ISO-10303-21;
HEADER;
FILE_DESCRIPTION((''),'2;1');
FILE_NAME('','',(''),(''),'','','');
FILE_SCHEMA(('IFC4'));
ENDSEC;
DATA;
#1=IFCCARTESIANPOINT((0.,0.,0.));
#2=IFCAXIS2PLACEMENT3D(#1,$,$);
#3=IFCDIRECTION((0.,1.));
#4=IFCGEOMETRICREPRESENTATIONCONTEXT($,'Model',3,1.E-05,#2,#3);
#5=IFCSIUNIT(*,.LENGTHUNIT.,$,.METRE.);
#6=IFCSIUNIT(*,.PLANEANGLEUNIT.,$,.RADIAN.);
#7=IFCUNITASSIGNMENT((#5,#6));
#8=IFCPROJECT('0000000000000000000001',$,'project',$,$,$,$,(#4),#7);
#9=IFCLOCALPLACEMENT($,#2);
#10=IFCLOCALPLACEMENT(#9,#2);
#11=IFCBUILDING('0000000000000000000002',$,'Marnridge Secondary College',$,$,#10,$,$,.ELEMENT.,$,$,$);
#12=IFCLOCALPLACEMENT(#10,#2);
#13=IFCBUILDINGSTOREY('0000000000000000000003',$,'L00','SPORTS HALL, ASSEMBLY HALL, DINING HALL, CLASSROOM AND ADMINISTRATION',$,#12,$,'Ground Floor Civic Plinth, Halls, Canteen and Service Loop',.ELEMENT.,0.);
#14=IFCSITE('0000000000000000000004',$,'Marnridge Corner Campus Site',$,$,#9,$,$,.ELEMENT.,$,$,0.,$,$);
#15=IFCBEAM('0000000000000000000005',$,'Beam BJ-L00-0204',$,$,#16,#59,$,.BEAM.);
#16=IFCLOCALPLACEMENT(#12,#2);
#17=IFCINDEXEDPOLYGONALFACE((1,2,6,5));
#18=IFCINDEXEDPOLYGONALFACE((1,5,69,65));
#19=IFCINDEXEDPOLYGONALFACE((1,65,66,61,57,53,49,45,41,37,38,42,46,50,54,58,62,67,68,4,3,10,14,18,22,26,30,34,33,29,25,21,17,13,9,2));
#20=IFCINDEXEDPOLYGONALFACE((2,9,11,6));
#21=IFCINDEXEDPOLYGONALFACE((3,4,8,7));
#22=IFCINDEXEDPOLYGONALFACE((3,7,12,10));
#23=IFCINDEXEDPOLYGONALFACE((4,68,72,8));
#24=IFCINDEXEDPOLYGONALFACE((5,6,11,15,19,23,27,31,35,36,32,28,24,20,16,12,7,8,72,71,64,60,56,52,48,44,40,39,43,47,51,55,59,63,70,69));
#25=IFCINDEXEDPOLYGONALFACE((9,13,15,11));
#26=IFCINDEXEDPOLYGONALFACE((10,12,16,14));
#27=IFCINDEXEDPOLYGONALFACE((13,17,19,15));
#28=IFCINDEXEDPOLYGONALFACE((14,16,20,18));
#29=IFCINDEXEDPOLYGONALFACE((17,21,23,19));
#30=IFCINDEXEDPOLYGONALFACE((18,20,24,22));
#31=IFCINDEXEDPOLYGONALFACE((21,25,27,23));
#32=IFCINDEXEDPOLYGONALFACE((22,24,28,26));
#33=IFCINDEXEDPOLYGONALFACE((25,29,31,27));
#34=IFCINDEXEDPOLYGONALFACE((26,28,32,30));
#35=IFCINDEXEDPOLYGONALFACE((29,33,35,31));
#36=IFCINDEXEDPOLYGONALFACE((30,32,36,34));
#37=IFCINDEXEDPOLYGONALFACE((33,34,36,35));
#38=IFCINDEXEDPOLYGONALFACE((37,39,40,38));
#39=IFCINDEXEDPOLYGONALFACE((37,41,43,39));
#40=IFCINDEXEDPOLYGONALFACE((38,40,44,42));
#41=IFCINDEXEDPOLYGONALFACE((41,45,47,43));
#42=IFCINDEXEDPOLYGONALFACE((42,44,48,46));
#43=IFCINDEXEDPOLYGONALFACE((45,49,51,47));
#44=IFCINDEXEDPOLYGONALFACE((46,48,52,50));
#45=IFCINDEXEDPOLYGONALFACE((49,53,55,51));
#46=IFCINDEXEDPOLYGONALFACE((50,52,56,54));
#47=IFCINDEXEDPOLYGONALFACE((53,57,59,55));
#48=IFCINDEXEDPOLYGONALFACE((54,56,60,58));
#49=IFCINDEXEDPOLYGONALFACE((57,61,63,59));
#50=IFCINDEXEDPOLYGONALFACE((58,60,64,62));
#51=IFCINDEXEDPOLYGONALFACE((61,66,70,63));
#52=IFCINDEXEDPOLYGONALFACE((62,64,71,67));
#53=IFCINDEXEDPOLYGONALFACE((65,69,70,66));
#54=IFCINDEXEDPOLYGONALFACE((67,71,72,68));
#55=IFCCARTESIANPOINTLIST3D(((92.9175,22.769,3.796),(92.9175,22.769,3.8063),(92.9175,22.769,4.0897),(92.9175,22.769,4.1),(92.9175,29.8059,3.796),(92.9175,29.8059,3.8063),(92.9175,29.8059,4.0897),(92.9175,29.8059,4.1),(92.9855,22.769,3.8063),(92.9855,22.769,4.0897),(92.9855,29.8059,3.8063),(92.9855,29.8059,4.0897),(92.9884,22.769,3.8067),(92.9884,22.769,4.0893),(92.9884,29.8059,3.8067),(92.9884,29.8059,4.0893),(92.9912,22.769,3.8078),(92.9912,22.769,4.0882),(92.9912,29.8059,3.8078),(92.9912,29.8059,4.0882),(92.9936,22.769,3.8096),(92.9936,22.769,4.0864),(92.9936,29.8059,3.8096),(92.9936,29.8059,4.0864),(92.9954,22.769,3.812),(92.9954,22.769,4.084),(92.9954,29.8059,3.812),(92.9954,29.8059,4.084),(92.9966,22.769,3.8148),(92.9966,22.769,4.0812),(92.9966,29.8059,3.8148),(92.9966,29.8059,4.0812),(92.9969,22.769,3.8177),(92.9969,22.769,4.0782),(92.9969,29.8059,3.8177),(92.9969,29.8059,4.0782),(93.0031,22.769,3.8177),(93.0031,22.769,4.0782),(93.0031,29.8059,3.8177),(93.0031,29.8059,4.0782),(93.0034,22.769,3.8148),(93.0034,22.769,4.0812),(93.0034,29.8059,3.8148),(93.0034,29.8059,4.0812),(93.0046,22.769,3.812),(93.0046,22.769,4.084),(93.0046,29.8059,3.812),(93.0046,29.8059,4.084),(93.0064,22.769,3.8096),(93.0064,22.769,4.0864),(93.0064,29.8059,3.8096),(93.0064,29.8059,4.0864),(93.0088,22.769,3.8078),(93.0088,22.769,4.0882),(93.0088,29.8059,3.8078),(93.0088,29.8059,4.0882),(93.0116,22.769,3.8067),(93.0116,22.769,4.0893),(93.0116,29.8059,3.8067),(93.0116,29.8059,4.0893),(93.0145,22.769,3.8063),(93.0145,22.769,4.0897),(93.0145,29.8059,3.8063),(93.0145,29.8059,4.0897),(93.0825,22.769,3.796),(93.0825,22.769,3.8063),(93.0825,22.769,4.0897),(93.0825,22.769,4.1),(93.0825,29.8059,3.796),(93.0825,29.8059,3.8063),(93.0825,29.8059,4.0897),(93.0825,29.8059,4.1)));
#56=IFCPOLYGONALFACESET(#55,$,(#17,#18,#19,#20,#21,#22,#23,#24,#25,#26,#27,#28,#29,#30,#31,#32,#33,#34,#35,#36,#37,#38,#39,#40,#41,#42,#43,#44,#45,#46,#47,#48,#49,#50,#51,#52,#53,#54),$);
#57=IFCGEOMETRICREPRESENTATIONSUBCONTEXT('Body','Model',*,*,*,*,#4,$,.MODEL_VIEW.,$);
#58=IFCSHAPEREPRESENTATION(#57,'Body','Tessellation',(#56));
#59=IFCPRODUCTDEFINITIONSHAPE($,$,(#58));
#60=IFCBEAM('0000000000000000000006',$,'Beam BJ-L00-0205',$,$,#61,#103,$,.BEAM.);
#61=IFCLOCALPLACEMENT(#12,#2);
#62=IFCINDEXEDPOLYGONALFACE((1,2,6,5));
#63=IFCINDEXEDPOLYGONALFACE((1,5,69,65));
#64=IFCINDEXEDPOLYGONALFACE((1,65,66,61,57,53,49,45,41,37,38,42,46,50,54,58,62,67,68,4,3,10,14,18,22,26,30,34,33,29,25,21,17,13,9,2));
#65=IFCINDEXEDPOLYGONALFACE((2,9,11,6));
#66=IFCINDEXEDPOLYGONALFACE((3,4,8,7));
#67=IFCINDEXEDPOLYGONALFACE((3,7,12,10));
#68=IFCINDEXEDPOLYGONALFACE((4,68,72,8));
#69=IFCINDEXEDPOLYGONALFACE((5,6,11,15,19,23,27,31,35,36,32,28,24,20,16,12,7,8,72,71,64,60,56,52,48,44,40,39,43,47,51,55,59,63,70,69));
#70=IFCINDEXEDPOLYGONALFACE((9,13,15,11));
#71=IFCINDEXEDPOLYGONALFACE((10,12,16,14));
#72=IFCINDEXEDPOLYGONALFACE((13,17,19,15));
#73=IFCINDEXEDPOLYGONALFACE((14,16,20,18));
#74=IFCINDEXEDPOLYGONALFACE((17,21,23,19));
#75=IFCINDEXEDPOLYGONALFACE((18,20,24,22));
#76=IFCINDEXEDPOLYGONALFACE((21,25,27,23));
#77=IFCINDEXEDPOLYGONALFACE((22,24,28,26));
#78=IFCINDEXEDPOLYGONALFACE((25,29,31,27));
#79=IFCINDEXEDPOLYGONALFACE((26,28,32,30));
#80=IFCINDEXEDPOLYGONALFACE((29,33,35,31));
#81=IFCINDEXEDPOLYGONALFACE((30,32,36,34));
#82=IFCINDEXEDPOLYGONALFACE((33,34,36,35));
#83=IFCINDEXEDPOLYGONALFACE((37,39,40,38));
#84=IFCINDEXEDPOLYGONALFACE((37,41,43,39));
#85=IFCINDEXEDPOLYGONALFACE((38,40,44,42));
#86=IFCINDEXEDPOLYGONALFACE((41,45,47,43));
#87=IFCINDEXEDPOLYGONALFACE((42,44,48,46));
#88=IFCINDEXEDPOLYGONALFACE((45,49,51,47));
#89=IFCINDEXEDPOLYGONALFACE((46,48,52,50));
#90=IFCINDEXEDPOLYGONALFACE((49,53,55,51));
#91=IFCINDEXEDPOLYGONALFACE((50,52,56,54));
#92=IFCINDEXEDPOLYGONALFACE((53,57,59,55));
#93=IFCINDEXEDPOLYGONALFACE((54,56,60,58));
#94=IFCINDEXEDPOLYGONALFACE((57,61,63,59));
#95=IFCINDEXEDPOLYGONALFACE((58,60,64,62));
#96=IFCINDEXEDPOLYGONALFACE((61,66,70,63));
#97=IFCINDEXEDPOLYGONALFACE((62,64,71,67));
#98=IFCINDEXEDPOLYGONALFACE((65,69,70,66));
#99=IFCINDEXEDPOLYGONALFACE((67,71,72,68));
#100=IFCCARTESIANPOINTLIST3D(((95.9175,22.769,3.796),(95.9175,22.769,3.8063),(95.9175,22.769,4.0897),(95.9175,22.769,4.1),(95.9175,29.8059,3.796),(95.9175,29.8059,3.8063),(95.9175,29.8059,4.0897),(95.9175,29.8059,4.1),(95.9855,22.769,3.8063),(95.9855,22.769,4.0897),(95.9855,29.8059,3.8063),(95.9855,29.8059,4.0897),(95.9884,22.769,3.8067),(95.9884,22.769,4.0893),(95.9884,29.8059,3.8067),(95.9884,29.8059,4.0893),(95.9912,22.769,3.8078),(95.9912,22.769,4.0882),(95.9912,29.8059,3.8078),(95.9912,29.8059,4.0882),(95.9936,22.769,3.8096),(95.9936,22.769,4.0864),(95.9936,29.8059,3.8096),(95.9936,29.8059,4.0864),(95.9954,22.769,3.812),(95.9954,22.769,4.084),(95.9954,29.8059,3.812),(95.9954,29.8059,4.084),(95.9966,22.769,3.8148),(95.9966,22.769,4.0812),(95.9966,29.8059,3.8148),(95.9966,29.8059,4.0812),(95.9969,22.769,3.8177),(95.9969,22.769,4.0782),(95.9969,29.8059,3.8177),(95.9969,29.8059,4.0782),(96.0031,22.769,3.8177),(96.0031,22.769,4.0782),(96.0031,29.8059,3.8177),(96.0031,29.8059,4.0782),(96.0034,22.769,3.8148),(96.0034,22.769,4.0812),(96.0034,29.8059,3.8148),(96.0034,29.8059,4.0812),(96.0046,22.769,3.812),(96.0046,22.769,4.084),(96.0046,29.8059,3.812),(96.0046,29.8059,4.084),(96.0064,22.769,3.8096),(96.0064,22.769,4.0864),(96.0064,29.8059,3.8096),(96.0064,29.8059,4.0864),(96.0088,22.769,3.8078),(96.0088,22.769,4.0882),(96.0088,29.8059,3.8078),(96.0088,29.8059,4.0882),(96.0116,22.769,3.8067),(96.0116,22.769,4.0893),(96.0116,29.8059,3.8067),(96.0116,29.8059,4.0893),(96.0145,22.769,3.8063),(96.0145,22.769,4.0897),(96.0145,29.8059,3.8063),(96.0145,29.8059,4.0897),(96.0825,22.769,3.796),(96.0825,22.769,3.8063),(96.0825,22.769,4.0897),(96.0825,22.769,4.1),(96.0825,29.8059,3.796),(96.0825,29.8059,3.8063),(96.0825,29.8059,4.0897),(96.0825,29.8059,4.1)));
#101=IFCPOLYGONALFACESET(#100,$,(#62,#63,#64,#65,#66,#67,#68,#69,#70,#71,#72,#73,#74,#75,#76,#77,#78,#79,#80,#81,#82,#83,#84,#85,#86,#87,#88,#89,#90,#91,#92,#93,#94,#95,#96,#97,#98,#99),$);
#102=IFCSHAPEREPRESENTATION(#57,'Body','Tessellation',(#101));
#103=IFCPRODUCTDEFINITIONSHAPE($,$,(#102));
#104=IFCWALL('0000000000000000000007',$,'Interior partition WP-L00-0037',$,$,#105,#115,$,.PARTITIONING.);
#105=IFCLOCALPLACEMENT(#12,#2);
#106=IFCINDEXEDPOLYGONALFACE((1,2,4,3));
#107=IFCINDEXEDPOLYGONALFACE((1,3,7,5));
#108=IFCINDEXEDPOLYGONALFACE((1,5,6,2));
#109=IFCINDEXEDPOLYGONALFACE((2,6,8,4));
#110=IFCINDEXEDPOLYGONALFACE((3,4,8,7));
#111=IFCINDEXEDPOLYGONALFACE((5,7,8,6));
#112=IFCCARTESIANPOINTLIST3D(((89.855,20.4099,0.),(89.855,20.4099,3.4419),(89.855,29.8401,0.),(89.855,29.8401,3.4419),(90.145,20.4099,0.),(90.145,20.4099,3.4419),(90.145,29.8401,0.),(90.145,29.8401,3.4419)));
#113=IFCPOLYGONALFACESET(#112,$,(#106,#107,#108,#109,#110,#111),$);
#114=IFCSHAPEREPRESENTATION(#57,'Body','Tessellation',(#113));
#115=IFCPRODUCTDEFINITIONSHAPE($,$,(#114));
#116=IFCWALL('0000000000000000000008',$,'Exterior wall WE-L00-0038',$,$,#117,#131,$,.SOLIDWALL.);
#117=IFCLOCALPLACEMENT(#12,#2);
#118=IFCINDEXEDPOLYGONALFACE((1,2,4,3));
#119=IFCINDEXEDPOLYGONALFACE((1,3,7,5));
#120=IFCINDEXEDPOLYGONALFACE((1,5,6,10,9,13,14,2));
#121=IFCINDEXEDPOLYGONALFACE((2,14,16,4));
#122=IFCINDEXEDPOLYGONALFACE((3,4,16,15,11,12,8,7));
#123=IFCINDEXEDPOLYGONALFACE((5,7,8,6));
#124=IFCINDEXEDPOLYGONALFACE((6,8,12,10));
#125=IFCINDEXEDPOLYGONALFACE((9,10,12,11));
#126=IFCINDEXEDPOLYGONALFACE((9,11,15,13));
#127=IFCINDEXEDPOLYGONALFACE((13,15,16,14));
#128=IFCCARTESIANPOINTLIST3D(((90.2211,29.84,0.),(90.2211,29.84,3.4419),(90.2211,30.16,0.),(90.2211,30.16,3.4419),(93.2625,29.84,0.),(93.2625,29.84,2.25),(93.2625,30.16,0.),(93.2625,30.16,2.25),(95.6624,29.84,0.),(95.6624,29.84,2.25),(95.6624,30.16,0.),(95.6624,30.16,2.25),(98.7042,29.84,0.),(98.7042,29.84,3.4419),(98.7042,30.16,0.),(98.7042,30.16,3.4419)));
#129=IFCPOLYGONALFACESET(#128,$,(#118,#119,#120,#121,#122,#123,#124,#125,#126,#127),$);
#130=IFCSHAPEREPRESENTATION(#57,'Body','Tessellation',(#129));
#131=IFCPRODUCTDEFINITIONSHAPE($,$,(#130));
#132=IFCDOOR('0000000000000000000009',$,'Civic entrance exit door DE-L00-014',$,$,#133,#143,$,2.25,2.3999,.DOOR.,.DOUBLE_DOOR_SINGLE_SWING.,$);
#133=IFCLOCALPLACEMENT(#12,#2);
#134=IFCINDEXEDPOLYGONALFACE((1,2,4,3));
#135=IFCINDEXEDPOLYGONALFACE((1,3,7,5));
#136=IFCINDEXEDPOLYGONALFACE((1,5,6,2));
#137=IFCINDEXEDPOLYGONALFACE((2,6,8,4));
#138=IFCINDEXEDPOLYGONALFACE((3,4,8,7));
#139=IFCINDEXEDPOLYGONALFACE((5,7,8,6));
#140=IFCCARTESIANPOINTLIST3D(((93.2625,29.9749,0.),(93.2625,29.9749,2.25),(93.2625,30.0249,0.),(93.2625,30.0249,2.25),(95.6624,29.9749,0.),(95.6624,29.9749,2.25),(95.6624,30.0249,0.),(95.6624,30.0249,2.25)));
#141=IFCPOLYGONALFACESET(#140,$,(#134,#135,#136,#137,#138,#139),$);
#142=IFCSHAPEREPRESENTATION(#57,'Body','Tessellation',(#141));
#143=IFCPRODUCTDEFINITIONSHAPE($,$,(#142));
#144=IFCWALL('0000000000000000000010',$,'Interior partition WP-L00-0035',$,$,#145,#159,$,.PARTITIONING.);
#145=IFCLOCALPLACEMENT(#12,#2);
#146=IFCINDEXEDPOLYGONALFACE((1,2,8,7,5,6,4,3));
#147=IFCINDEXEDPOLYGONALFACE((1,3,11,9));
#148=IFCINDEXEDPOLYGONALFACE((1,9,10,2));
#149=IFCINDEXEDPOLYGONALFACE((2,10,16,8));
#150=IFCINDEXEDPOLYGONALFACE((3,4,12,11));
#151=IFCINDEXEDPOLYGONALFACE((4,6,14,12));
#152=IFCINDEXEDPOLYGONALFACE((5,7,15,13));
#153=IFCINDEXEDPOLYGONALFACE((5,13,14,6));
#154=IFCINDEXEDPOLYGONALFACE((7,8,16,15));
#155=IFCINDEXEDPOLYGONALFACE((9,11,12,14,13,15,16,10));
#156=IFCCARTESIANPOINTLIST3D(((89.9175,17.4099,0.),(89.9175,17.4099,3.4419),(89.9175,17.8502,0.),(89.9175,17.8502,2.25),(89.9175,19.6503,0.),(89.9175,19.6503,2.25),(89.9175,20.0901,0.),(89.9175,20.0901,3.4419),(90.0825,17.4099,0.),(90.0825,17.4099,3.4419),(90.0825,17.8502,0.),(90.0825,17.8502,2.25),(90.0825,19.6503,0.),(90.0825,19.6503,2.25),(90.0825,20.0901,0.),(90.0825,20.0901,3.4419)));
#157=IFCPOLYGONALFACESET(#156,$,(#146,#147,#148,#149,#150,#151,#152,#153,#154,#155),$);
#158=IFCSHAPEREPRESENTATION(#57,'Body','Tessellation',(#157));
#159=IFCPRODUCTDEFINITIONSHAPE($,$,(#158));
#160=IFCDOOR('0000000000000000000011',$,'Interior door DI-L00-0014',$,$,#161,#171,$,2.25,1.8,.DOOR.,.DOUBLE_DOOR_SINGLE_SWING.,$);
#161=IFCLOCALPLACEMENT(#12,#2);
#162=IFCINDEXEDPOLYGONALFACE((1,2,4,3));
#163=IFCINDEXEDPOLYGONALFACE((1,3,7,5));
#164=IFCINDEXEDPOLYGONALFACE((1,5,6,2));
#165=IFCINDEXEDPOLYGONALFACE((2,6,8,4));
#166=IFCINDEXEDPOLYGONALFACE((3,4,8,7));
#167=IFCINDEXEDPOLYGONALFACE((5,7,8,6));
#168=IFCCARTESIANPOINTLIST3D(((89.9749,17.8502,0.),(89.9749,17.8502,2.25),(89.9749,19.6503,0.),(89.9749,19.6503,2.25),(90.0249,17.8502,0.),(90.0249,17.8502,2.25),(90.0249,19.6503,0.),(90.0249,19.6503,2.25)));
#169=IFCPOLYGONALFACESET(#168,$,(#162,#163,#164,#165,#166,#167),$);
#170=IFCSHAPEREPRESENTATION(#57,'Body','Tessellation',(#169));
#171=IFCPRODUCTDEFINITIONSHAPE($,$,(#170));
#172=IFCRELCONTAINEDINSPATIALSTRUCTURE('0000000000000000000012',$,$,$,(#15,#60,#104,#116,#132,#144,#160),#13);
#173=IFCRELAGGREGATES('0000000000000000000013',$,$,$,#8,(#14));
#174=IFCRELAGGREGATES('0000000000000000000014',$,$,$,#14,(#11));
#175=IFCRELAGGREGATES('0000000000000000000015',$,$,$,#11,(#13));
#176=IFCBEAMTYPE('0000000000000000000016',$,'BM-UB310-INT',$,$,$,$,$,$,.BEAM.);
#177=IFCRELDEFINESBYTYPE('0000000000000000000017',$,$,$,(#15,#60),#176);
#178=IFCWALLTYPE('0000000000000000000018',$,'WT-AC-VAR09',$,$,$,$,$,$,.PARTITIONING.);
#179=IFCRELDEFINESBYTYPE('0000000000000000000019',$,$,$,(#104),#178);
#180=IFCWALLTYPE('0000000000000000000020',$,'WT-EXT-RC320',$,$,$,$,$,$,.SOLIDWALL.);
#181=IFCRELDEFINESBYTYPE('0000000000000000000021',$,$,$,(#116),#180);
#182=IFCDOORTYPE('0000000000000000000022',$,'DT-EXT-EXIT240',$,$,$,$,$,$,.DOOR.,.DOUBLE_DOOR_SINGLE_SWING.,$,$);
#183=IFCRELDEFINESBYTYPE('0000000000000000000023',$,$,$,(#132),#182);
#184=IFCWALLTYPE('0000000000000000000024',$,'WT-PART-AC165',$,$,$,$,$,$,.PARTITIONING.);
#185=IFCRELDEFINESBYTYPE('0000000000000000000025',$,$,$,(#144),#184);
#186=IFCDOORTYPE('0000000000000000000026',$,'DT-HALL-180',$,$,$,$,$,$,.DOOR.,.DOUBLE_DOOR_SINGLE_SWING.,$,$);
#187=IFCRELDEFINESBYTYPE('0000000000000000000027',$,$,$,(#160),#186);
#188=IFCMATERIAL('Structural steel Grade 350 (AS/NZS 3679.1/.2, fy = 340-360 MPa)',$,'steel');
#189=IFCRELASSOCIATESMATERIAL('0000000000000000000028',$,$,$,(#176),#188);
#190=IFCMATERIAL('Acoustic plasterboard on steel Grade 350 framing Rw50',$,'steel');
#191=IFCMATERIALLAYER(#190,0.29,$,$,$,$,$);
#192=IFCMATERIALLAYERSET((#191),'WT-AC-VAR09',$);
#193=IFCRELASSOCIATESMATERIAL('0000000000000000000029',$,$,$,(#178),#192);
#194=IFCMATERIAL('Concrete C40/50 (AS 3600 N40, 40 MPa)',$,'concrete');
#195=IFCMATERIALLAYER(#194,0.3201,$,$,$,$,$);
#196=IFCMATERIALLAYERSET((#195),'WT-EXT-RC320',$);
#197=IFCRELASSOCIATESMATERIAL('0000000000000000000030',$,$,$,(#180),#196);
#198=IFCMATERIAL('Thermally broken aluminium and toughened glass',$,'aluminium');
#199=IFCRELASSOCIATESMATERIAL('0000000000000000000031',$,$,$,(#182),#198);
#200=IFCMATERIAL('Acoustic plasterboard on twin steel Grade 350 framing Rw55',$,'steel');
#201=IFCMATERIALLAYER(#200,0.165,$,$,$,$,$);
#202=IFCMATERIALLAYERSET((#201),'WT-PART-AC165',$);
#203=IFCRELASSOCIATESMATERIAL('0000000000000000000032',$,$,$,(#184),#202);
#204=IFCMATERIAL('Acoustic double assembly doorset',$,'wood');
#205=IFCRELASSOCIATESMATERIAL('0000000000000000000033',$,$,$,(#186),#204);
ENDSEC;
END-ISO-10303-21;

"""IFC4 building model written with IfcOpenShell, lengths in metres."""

from ifc_helpers import new_model, si_unit, direction, frame, frame_2d, origin, origin_2d, place, context, subcontext, project, spatial, rectangle, i_section, extrude, material, layer, layer_set, material_profile, profile_set, type_object, element, fill, save


model = new_model("IFC4")

# Units and contexts
model_context = context("Model", 3, precision=1e-05, world=origin(), true_north=direction((0.0, 1.0)))
body_context = subcontext(model_context, "Body", "Model", "MODEL_VIEW")
ifc_project = project(units=[si_unit("LENGTHUNIT", "METRE"), si_unit("PLANEANGLEUNIT", "RADIAN")], contexts=[model_context])

# Site, building, storey
site_placement = place(None, origin())
site = spatial("IfcSite", under=ifc_project, at=site_placement, Name="Marnridge Corner Campus Site", CompositionType="ELEMENT", RefElevation=0.0)
building_placement = place(site_placement, origin())
building = spatial("IfcBuilding", under=site, at=building_placement, Name="Marnridge Secondary College", CompositionType="ELEMENT")
storey_placement = place(building_placement, origin())
storey = spatial("IfcBuildingStorey", under=building, at=storey_placement, Name="L00", Description="SPORTS HALL, ASSEMBLY HALL, DINING HALL, CLASSROOM AND ADMINISTRATION", LongName="Ground Floor Civic Plinth, Halls, Canteen and Service Loop", CompositionType="ELEMENT", Elevation=0.0)

# Beams
ifc_material_1 = material(Name="Structural steel Grade 350 (AS/NZS 3679.1/.2, fy = 340-360 MPa)", Category="steel")
ifc_material_profile_1 = material_profile(ifc_material_1, i_section(OverallWidth=0.165, OverallDepth=0.304, WebThickness=0.0061, FlangeThickness=0.0103, FilletRadius=0.0115, at=origin_2d()), Name="310UB40.4")
ifc_profile_set_1 = profile_set([ifc_material_profile_1], Name="Structural steel Grade 350 (AS/NZS 3679.1/.2, fy = 340-360 MPa)")
beam_type_1 = type_object("IfcBeamType", Name="BM-UB310-INT", PredefinedType="BEAM", material=ifc_profile_set_1)
for number, where, z_axis, x_axis, name in (
    (1, (93.0, 22.769, 3.948), (0.0, 1.0, 0.0), (-1.0, 0.0, 0.0), "Beam BJ-L00-0204"),
    (2, (96.0, 22.769, 3.948), (0.0, 1.0, 0.0), (-1.0, 0.0, 0.0), "Beam BJ-L00-0205"),
):
    element("IfcBeam", number, at=place(storey_placement, frame(where, z_axis=z_axis, x_axis=x_axis)), inside=storey, type_object=beam_type_1, Name=name, PredefinedType="BEAM", context=body_context, shape_type="SweptSolid", body=[
        extrude(i_section(OverallWidth=0.165, OverallDepth=0.304, WebThickness=0.0061, FlangeThickness=0.0103, FilletRadius=0.0115, at=origin_2d()), origin(), (0.0, 0.0, 1.0), 7.0369),
    ])

# Wall
ifc_material_2 = material(Name="Acoustic plasterboard on steel Grade 350 framing Rw50", Category="steel")
ifc_layer_1 = layer(ifc_material_2, 0.29)
ifc_layer_set_1 = layer_set([ifc_layer_1], Name="WT-AC-VAR09")
wall_type_1 = type_object("IfcWallType", Name="WT-AC-VAR09", PredefinedType="PARTITIONING", material=ifc_layer_set_1)
wall_1_placement = place(storey_placement, frame((90.0, 29.8401, 0.0), z_axis=(0.0, 0.0, 1.0), x_axis=(0.0, -1.0, 0.0)))
element("IfcWall", 3, at=wall_1_placement, inside=storey, type_object=wall_type_1, Name="Interior partition WP-L00-0037", PredefinedType="PARTITIONING", context=body_context, shape_type="SweptSolid", body=[
    extrude(rectangle(XDim=9.4302, YDim=0.29, at=frame_2d((4.7151, 0.0))), origin(), (0.0, 0.0, 1.0), 3.4419),
])

# Walls, openings, doors
ifc_material_3 = material(Name="Concrete C40/50 (AS 3600 N40, 40 MPa)", Category="concrete")
ifc_layer_2 = layer(ifc_material_3, 0.3201)
ifc_layer_set_2 = layer_set([ifc_layer_2], Name="WT-EXT-RC320")
wall_type_2 = type_object("IfcWallType", Name="WT-EXT-RC320", PredefinedType="SOLIDWALL", material=ifc_layer_set_2)
wall_2_placement = place(storey_placement, frame((90.2209, 30.0, 0.0), z_axis=(0.0, 0.0, 1.0), x_axis=(1.0, 0.0, 0.0)))
wall_2 = element("IfcWall", 4, at=wall_2_placement, inside=storey, type_object=wall_type_2, Name="Exterior wall WE-L00-0038", PredefinedType="SOLIDWALL", context=body_context, shape_type="SweptSolid", body=[
    extrude(rectangle(XDim=8.4832, YDim=0.3201, at=frame_2d((4.2417, 0.0))), origin(), (0.0, 0.0, 1.0), 3.4419),
])
opening_1_placement = place(wall_2_placement, frame((3.0415, 0.0, 0.0)))
opening_1 = element("IfcOpeningElement", 5, at=opening_1_placement, cuts=wall_2, PredefinedType="OPENING", context=body_context, shape_type="SweptSolid", body=[
    extrude(rectangle(XDim=2.3999, YDim=2.25, at=frame_2d((1.2, 1.125))), frame((0.0, 0.1699, 0.0), z_axis=(0.0, -1.0, 0.0), x_axis=(1.0, 0.0, 0.0)), (0.0, 0.0, 1.0), 0.3401),
])
ifc_material_4 = material(Name="Thermally broken aluminium and toughened glass", Category="aluminium")
door_type_1 = type_object("IfcDoorType", Name="DT-EXT-EXIT240", OperationType="DOUBLE_DOOR_SINGLE_SWING", PredefinedType="DOOR", material=ifc_material_4)
door_1_placement = place(opening_1_placement, origin())
door_1 = element("IfcDoor", 6, at=door_1_placement, inside=storey, type_object=door_type_1, Name="Civic entrance exit door DE-L00-014", OperationType="DOUBLE_DOOR_SINGLE_SWING", OverallHeight=2.25, OverallWidth=2.3999, PredefinedType="DOOR", context=body_context, shape_type="SweptSolid", body=[
    extrude(rectangle(XDim=2.3999, YDim=2.25, at=frame_2d((1.2, 1.125))), frame((0.0, 0.0249, 0.0), z_axis=(0.0, -1.0, 0.0), x_axis=(1.0, 0.0, 0.0)), (0.0, 0.0, 1.0), 0.05),
])
fill(opening_1, door_1)
ifc_material_5 = material(Name="Acoustic plasterboard on twin steel Grade 350 framing Rw55", Category="steel")
ifc_layer_3 = layer(ifc_material_5, 0.165)
ifc_layer_set_3 = layer_set([ifc_layer_3], Name="WT-PART-AC165")
wall_type_3 = type_object("IfcWallType", Name="WT-PART-AC165", PredefinedType="PARTITIONING", material=ifc_layer_set_3)
wall_3_placement = place(storey_placement, frame((90.0, 20.0901, 0.0), z_axis=(0.0, 0.0, 1.0), x_axis=(0.0, -1.0, 0.0)))
wall_3 = element("IfcWall", 7, at=wall_3_placement, inside=storey, type_object=wall_type_3, Name="Interior partition WP-L00-0035", PredefinedType="PARTITIONING", context=body_context, shape_type="SweptSolid", body=[
    extrude(rectangle(XDim=2.6802, YDim=0.165, at=frame_2d((1.3401, 0.0))), origin(), (0.0, 0.0, 1.0), 3.4419),
])
opening_2_placement = place(wall_3_placement, frame((0.4399, 0.0, 0.0)))
opening_2 = element("IfcOpeningElement", 8, at=opening_2_placement, cuts=wall_3, PredefinedType="OPENING", context=body_context, shape_type="SweptSolid", body=[
    extrude(rectangle(XDim=1.8, YDim=2.25, at=frame_2d((0.8999, 1.125))), frame((0.0, 0.0925, 0.0), z_axis=(0.0, -1.0, 0.0), x_axis=(1.0, 0.0, 0.0)), (0.0, 0.0, 1.0), 0.1851),
])
ifc_material_6 = material(Name="Acoustic double assembly doorset", Category="wood")
door_type_2 = type_object("IfcDoorType", Name="DT-HALL-180", OperationType="DOUBLE_DOOR_SINGLE_SWING", PredefinedType="DOOR", material=ifc_material_6)
door_2_placement = place(opening_2_placement, origin())
door_2 = element("IfcDoor", 9, at=door_2_placement, inside=storey, type_object=door_type_2, Name="Interior door DI-L00-0014", OperationType="DOUBLE_DOOR_SINGLE_SWING", OverallHeight=2.25, OverallWidth=1.8, PredefinedType="DOOR", context=body_context, shape_type="SweptSolid", body=[
    extrude(rectangle(XDim=1.8, YDim=2.25, at=frame_2d((0.8999, 1.125))), frame((0.0, 0.0249, 0.0), z_axis=(0.0, -1.0, 0.0), x_axis=(1.0, 0.0, 0.0)), (0.0, 0.0, 1.0), 0.05),
])
fill(opening_2, door_2)

save(model, "model.ifc")
